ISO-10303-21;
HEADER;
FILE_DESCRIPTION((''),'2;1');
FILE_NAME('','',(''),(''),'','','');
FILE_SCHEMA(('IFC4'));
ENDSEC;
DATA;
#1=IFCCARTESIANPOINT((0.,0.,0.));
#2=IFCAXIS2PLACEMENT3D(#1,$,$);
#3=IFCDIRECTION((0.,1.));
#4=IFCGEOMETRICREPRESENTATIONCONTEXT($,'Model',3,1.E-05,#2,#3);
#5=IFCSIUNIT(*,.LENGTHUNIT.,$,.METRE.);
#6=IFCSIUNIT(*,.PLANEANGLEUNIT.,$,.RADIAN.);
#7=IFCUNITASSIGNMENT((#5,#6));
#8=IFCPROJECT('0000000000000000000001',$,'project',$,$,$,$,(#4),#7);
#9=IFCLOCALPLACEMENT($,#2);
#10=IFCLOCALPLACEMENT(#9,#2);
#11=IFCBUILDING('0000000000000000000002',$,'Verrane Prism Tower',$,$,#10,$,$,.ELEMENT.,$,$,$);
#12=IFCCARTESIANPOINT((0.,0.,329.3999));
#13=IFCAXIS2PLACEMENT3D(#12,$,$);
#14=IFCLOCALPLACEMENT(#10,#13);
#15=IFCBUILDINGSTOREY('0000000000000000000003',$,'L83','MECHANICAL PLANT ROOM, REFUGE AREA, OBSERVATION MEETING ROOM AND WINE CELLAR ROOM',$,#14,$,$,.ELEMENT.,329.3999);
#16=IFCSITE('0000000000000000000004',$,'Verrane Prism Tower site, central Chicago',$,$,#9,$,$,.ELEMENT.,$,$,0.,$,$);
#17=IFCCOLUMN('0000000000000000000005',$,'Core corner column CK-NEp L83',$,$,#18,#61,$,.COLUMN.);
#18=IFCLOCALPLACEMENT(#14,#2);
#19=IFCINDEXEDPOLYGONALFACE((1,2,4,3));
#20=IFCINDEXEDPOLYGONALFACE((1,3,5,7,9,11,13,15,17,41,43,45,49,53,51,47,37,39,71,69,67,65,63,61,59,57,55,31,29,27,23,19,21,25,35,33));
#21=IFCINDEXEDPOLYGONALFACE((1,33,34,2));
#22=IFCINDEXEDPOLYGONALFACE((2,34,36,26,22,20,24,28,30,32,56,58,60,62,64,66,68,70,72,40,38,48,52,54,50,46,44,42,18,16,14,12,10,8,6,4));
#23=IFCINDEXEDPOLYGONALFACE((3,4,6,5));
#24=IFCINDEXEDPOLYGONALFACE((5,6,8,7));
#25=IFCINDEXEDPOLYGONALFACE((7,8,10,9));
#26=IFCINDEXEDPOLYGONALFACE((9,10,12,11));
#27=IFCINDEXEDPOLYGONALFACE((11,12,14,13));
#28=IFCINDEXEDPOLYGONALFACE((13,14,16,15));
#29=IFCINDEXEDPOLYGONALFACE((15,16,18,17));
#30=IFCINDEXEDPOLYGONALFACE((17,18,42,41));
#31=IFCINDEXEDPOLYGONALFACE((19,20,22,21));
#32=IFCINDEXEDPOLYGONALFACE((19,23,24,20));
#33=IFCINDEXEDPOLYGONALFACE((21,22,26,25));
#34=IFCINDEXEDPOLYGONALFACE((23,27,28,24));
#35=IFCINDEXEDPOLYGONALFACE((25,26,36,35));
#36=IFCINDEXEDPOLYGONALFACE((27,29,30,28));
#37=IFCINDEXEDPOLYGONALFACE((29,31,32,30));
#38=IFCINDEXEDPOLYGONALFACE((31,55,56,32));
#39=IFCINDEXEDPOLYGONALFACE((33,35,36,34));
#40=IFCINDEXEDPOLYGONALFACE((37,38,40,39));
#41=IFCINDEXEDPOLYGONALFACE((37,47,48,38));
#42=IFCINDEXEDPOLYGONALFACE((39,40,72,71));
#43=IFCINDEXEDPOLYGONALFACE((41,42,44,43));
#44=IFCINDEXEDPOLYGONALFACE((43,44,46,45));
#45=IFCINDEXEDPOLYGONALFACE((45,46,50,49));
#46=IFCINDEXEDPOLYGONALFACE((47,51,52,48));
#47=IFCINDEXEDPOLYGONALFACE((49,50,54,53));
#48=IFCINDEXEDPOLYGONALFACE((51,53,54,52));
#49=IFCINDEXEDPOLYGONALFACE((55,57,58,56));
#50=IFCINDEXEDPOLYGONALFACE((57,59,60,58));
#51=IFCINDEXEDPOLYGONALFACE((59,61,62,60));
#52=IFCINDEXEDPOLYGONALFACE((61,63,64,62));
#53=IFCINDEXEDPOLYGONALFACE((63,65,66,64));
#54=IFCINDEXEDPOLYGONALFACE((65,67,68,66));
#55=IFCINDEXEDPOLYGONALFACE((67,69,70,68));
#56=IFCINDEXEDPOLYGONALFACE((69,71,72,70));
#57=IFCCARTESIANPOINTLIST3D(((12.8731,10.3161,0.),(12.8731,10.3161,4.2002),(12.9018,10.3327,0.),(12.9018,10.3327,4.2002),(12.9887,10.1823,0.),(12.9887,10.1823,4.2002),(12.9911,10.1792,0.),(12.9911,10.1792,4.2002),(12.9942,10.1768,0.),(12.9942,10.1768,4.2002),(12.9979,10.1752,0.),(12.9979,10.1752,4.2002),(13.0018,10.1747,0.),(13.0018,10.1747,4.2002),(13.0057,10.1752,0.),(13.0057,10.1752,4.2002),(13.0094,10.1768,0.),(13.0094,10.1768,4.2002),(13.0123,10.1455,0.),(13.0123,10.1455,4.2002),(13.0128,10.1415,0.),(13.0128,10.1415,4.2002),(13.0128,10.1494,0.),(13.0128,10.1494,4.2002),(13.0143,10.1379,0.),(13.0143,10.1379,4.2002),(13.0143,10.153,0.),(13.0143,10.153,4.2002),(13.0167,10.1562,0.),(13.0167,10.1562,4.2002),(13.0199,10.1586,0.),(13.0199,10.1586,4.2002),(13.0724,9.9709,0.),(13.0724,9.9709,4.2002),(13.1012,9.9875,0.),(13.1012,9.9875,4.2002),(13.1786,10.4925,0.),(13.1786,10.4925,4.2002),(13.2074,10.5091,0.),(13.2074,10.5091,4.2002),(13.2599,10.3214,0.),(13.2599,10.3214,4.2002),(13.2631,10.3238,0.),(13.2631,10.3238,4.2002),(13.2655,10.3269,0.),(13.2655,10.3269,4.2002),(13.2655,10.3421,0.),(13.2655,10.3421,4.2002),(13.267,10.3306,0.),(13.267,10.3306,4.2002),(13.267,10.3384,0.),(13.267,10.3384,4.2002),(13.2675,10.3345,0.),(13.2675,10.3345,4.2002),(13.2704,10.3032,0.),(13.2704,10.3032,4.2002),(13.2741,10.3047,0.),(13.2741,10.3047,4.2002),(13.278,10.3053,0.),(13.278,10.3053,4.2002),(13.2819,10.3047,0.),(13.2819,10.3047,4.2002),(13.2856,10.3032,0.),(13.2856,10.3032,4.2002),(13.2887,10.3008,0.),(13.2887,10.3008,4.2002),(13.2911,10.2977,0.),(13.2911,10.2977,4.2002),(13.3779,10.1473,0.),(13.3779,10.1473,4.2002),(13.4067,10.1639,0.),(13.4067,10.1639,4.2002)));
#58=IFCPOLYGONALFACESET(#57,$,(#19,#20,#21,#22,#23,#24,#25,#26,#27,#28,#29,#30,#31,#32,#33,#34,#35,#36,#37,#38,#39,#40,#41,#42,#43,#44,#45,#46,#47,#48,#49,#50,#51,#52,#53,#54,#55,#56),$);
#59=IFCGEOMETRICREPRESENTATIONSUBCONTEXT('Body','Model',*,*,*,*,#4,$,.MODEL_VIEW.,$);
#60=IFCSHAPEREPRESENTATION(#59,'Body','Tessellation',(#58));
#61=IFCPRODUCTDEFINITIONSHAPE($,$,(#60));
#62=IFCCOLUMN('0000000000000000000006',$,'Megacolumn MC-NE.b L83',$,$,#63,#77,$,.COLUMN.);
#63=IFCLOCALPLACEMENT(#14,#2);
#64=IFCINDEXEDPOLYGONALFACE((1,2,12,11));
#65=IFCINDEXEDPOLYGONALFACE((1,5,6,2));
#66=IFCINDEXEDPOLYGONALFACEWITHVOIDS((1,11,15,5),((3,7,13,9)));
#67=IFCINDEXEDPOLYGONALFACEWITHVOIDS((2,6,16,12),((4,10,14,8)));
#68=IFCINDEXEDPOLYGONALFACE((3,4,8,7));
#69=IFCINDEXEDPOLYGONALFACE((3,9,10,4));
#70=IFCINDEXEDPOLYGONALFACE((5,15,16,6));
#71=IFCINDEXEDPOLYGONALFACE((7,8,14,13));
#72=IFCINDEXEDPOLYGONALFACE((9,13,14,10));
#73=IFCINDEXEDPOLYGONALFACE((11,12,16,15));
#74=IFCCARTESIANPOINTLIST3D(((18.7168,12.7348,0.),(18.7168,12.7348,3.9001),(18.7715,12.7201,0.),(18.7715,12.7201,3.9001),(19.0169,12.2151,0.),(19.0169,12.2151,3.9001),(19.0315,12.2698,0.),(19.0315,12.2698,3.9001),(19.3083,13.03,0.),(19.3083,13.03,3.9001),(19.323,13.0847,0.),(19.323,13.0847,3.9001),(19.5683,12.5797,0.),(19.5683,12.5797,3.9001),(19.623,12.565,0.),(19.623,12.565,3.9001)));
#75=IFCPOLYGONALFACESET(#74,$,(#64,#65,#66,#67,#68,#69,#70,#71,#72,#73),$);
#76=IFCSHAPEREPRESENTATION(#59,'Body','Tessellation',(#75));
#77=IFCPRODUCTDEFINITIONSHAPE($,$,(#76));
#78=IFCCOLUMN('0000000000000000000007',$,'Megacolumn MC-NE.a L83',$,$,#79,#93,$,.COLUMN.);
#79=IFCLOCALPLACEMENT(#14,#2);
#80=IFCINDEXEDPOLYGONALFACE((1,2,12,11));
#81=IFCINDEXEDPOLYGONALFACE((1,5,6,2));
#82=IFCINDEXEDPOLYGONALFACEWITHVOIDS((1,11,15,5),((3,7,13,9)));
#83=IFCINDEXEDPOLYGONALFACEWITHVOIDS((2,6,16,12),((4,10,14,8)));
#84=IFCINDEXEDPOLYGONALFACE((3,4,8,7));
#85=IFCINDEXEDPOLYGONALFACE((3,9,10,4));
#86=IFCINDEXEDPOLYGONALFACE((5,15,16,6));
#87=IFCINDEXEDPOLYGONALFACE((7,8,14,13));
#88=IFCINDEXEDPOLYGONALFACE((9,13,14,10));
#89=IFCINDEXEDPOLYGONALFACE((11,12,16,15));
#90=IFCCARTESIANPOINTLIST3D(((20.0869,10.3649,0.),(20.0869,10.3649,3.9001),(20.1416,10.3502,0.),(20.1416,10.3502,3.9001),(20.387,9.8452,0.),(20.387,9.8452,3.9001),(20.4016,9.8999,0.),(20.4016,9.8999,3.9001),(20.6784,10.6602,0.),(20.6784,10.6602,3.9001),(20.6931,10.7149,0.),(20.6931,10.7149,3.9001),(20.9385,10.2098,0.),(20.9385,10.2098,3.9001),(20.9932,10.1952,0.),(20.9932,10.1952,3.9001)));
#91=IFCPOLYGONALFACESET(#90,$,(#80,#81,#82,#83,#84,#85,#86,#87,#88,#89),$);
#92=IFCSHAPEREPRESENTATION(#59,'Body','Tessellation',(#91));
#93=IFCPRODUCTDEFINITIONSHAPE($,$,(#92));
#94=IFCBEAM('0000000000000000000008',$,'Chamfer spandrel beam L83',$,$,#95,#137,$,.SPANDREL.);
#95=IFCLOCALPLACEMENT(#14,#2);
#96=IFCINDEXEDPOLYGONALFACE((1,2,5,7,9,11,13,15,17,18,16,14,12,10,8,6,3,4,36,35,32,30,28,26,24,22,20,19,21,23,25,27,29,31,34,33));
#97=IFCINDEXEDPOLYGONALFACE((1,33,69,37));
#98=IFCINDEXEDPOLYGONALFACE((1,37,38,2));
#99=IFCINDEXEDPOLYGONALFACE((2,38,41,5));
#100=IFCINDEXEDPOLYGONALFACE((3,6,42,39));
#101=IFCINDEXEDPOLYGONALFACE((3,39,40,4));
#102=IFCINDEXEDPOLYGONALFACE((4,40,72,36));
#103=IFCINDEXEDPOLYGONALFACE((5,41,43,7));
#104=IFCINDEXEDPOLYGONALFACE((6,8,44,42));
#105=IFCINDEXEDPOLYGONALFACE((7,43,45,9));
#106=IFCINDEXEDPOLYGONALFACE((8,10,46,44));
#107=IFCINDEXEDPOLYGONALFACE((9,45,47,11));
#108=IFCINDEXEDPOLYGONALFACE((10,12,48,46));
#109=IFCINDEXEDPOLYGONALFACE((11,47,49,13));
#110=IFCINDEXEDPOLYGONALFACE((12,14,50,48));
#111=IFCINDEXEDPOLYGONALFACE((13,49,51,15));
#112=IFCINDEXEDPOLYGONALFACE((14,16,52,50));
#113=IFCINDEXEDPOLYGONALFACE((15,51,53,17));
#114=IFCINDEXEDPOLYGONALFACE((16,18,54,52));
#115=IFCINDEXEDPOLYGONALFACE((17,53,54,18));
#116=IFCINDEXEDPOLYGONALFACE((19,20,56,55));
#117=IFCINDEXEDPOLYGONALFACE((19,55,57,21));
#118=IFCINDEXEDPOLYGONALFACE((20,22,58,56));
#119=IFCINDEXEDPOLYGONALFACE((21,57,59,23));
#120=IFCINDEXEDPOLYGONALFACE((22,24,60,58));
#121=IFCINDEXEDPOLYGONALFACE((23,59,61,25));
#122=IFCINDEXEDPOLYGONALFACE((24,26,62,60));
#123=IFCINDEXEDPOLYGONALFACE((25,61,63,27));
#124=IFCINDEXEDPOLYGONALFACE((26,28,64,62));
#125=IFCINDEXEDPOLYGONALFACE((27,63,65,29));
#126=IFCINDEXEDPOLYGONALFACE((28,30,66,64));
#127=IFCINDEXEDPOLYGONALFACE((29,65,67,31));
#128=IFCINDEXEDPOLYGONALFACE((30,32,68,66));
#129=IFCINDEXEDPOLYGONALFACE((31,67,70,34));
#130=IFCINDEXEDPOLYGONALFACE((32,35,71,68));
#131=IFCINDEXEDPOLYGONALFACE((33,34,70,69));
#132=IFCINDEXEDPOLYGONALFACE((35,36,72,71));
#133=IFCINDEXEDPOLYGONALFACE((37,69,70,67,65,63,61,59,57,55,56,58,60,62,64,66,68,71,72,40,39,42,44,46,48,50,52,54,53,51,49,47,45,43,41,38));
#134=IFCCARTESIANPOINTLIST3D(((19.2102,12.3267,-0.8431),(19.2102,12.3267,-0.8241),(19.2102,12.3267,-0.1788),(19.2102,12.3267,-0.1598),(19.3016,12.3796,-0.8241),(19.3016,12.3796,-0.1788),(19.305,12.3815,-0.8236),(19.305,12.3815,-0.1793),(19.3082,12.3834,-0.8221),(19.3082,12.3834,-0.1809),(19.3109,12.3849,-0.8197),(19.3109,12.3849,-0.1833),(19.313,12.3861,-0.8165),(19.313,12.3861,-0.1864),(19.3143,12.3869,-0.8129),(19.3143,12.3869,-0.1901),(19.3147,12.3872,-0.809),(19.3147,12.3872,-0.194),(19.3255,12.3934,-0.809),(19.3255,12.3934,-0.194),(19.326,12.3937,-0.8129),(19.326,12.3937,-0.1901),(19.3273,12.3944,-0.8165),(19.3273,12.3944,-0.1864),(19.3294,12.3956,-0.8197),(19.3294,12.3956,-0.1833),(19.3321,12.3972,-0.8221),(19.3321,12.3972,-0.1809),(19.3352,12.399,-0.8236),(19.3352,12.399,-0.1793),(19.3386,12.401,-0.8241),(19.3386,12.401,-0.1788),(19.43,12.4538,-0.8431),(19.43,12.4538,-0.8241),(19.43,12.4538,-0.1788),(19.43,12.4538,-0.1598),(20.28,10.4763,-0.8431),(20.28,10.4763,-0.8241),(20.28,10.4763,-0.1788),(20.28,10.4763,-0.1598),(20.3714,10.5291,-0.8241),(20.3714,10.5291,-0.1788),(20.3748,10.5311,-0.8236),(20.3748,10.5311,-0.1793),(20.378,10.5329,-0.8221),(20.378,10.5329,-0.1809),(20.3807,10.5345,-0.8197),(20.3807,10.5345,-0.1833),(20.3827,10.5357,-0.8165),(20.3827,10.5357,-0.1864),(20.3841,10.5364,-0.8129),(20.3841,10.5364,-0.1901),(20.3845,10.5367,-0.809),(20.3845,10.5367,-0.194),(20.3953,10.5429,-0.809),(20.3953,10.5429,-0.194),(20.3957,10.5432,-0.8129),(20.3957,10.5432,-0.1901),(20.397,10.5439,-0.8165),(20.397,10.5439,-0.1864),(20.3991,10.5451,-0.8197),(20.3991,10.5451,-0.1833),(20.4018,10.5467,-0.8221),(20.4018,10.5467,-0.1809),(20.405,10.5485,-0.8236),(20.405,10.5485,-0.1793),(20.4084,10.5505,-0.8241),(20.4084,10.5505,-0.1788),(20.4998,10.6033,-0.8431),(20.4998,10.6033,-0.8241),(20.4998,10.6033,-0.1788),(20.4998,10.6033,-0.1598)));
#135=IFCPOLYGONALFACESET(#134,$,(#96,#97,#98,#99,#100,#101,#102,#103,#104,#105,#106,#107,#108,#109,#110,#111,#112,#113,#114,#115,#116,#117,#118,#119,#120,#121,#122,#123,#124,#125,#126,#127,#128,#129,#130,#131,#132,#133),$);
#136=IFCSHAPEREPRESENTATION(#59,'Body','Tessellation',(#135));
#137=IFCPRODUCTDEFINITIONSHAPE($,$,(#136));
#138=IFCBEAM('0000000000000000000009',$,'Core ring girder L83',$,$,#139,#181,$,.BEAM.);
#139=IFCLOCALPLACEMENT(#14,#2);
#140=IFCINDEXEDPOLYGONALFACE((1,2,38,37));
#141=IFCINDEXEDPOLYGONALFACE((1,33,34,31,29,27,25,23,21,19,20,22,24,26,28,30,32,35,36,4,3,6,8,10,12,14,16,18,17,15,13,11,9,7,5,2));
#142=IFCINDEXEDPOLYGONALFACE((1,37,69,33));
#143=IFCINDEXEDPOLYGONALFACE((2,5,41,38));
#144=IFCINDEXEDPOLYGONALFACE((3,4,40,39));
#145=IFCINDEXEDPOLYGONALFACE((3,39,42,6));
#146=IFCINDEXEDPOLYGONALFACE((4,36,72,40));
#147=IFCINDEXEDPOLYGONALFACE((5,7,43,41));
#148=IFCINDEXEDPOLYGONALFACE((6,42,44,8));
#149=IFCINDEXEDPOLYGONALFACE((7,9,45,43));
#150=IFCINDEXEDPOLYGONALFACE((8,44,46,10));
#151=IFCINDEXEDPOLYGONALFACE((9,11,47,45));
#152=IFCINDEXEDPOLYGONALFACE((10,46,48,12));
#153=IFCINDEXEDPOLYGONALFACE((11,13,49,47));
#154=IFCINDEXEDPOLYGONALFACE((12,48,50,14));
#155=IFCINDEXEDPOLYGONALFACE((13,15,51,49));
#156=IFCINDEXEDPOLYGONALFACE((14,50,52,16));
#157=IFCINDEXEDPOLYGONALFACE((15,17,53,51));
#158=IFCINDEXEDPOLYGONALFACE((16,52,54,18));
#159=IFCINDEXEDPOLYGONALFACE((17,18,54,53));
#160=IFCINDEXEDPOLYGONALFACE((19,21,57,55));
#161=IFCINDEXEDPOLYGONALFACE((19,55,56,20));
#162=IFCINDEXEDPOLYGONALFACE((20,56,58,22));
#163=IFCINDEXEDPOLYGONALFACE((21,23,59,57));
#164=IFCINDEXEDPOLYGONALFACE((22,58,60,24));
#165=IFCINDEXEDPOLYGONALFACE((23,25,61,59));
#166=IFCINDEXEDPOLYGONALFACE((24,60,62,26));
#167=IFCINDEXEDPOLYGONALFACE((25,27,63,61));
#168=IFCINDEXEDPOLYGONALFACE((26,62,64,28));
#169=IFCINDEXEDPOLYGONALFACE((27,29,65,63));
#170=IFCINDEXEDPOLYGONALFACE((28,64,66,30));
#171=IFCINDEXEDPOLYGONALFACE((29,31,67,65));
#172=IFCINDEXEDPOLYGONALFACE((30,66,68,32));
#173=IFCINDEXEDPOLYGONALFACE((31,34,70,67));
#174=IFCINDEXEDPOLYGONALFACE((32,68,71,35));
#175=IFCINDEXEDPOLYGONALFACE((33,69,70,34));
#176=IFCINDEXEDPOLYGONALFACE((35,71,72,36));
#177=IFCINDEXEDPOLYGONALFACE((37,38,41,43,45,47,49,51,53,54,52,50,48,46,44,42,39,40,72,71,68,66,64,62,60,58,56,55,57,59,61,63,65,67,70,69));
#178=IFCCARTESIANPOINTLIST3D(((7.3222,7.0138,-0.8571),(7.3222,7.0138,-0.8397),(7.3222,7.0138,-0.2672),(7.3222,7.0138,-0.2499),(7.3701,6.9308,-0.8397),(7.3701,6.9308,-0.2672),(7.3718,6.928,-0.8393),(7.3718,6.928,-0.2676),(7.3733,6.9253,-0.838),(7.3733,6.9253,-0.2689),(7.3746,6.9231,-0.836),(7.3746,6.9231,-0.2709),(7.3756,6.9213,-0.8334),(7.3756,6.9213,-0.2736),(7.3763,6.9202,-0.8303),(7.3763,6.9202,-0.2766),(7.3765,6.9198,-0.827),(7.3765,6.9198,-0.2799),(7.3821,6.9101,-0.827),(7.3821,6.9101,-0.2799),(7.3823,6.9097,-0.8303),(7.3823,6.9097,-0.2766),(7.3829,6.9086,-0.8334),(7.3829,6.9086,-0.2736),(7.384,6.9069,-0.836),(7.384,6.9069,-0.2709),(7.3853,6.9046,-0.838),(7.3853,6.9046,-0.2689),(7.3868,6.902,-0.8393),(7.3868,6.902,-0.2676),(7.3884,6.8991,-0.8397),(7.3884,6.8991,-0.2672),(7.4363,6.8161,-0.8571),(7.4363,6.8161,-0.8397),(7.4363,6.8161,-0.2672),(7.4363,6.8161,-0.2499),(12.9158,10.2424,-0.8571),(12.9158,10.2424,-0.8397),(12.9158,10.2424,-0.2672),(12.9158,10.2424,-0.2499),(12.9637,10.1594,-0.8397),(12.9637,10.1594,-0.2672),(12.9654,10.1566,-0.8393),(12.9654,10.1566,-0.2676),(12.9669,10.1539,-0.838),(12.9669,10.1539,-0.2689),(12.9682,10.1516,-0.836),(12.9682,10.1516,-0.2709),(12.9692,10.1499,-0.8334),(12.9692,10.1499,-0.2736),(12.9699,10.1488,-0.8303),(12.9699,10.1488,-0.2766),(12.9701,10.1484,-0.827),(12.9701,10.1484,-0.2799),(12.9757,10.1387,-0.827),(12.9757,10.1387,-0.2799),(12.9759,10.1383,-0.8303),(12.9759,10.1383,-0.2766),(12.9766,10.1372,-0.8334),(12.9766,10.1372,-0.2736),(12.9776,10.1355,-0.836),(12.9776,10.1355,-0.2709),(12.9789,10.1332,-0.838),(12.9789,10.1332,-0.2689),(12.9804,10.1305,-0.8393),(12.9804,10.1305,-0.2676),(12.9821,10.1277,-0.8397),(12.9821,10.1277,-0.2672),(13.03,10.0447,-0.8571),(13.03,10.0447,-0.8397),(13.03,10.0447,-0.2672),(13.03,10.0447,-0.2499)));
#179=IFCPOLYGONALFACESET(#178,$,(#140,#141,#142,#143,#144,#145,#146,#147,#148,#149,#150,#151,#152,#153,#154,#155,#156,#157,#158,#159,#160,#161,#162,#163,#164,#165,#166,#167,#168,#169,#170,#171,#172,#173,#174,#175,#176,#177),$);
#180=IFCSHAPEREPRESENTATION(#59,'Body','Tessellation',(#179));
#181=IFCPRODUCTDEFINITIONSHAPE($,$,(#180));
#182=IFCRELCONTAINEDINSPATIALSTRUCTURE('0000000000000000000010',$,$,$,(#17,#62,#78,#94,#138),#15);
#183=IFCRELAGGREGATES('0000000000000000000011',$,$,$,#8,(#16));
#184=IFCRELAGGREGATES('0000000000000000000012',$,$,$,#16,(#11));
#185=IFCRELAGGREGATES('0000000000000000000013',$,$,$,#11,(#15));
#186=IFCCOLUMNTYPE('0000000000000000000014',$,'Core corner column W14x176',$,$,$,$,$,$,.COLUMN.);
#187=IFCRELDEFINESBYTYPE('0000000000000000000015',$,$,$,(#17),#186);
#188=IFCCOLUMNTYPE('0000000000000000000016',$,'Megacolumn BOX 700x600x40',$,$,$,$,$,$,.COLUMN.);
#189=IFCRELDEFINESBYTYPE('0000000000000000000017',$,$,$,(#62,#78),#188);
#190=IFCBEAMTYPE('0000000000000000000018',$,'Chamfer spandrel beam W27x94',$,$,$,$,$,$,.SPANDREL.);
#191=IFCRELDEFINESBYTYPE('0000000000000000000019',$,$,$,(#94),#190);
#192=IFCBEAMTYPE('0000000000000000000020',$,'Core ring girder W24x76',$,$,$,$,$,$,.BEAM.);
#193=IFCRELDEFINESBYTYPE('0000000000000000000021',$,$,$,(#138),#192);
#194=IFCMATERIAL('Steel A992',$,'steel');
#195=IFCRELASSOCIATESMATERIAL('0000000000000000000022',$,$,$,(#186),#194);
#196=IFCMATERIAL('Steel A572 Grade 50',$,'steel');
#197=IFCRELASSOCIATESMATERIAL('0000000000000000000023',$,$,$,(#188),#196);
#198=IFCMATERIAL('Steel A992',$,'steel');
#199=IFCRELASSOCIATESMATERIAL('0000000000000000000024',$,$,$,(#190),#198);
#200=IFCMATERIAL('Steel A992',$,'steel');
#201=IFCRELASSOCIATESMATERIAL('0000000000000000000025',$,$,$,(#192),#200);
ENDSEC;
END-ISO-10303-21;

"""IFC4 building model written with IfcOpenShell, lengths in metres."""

from ifc_helpers import new_model, si_unit, direction, frame, origin, origin_2d, place, context, subcontext, project, spatial, hollow_rectangle, i_section, extrude, material, material_profile, profile_set, type_object, element, save


model = new_model("IFC4")

# Units and contexts
model_context = context("Model", 3, precision=1e-05, world=origin(), true_north=direction((0.0, 1.0)))
body_context = subcontext(model_context, "Body", "Model", "MODEL_VIEW")
ifc_project = project(units=[si_unit("LENGTHUNIT", "METRE"), si_unit("PLANEANGLEUNIT", "RADIAN")], contexts=[model_context])

# Site, building, storey
site_placement = place(None, origin())
site = spatial("IfcSite", under=ifc_project, at=site_placement, Name="Verrane Prism Tower site, central Chicago", CompositionType="ELEMENT", RefElevation=0.0)
building_placement = place(site_placement, origin())
building = spatial("IfcBuilding", under=site, at=building_placement, Name="Verrane Prism Tower", CompositionType="ELEMENT")
storey_placement = place(building_placement, frame((0.0, 0.0, 329.3999)))
storey = spatial("IfcBuildingStorey", under=building, at=storey_placement, Name="L83", Description="MECHANICAL PLANT ROOM, REFUGE AREA, OBSERVATION MEETING ROOM AND WINE CELLAR ROOM", CompositionType="ELEMENT", Elevation=329.3999)

# Columns
ifc_material_1 = material(Name="Steel A992", Category="steel")
ifc_material_profile_1 = material_profile(ifc_material_1, i_section(OverallWidth=0.3987, OverallDepth=0.386, WebThickness=0.021, FlangeThickness=0.0332, FilletRadius=0.0151, at=origin_2d()), Name="W14x176")
ifc_profile_set_1 = profile_set([ifc_material_profile_1], Name="Steel A992")
column_type_1 = type_object("IfcColumnType", Name="Core corner column W14x176", PredefinedType="COLUMN", material=ifc_profile_set_1)
column_placement = place(storey_placement, frame((13.1399, 10.24, 0.0), z_axis=(0.0, 0.0, 1.0), x_axis=(0.5, -0.866025, 0.0)))
element("IfcColumn", 1, at=column_placement, inside=storey, type_object=column_type_1, Name="Core corner column CK-NEp L83", PredefinedType="COLUMN", context=body_context, shape_type="SweptSolid", body=[
    extrude(i_section(OverallWidth=0.3987, OverallDepth=0.386, WebThickness=0.021, FlangeThickness=0.0332, FilletRadius=0.0151, at=origin_2d()), origin(), (0.0, 0.0, 1.0), 4.2002),
])
ifc_material_2 = material(Name="Steel A572 Grade 50", Category="steel")
ifc_material_profile_2 = material_profile(ifc_material_2, hollow_rectangle(XDim=0.6001, YDim=0.7, WallThickness=0.04, at=origin_2d()), Name="BOX 700x600x40")
ifc_profile_set_2 = profile_set([ifc_material_profile_2], Name="Steel A572 Grade 50")
column_type_2 = type_object("IfcColumnType", Name="Megacolumn BOX 700x600x40", PredefinedType="COLUMN", material=ifc_profile_set_2)
for number, where, z_axis, x_axis, name in (
    (2, (19.1699, 12.6499, 0.0), (0.0, 0.0, 1.0), (0.5, -0.866025, 0.0), "Megacolumn MC-NE.b L83"),
    (3, (20.54, 10.28, 0.0), (0.0, 0.0, 1.0), (0.5, -0.866025, 0.0), "Megacolumn MC-NE.a L83"),
):
    element("IfcColumn", number, at=place(storey_placement, frame(where, z_axis=z_axis, x_axis=x_axis)), inside=storey, type_object=column_type_2, Name=name, PredefinedType="COLUMN", context=body_context, shape_type="SweptSolid", body=[
        extrude(hollow_rectangle(XDim=0.6001, YDim=0.7, WallThickness=0.04, at=origin_2d()), origin(), (0.0, 0.0, 1.0), 3.9001),
    ])

# Beams
ifc_material_3 = material(Name="Steel A992", Category="steel")
ifc_material_profile_3 = material_profile(ifc_material_3, i_section(OverallWidth=0.2539, OverallDepth=0.6833, WebThickness=0.0125, FlangeThickness=0.019, FilletRadius=0.0151, at=origin_2d()), Name="W27x94")
ifc_profile_set_3 = profile_set([ifc_material_profile_3], Name="Steel A992")
beam_type_1 = type_object("IfcBeamType", Name="Chamfer spandrel beam W27x94", PredefinedType="SPANDREL", material=ifc_profile_set_3)
beam_1_placement = place(storey_placement, frame((20.3899, 10.5398, -0.5015), z_axis=(-0.500487, 0.865744, 0.0), x_axis=(-0.865744, -0.500487, 0.0)))
element("IfcBeam", 4, at=beam_1_placement, inside=storey, type_object=beam_type_1, Name="Chamfer spandrel beam L83", PredefinedType="SPANDREL", context=body_context, shape_type="SweptSolid", body=[
    extrude(i_section(OverallWidth=0.2539, OverallDepth=0.6833, WebThickness=0.0125, FlangeThickness=0.019, FilletRadius=0.0151, at=origin_2d()), origin(), (0.0, 0.0, 1.0), 2.1375),
])
ifc_material_4 = material(Name="Steel A992", Category="steel")
ifc_material_profile_4 = material_profile(ifc_material_4, i_section(OverallWidth=0.2283, OverallDepth=0.6072, WebThickness=0.0112, FlangeThickness=0.0173, FilletRadius=0.0127, at=origin_2d()), Name="W24x76")
ifc_profile_set_4 = profile_set([ifc_material_profile_4], Name="Steel A992")
beam_type_2 = type_object("IfcBeamType", Name="Core ring girder W24x76", PredefinedType="BEAM", material=ifc_profile_set_4)
beam_2_placement = place(storey_placement, frame((12.9729, 10.1436, -0.5535), z_axis=(-0.866086, -0.499896, 0.0), x_axis=(0.499896, -0.866086, 0.0)))
element("IfcBeam", 5, at=beam_2_placement, inside=storey, type_object=beam_type_2, Name="Core ring girder L83", PredefinedType="BEAM", context=body_context, shape_type="SweptSolid", body=[
    extrude(i_section(OverallWidth=0.2283, OverallDepth=0.6072, WebThickness=0.0112, FlangeThickness=0.0173, FilletRadius=0.0127, at=origin_2d()), origin(), (0.0, 0.0, 1.0), 6.4585),
])

save(model, "model.ifc")
